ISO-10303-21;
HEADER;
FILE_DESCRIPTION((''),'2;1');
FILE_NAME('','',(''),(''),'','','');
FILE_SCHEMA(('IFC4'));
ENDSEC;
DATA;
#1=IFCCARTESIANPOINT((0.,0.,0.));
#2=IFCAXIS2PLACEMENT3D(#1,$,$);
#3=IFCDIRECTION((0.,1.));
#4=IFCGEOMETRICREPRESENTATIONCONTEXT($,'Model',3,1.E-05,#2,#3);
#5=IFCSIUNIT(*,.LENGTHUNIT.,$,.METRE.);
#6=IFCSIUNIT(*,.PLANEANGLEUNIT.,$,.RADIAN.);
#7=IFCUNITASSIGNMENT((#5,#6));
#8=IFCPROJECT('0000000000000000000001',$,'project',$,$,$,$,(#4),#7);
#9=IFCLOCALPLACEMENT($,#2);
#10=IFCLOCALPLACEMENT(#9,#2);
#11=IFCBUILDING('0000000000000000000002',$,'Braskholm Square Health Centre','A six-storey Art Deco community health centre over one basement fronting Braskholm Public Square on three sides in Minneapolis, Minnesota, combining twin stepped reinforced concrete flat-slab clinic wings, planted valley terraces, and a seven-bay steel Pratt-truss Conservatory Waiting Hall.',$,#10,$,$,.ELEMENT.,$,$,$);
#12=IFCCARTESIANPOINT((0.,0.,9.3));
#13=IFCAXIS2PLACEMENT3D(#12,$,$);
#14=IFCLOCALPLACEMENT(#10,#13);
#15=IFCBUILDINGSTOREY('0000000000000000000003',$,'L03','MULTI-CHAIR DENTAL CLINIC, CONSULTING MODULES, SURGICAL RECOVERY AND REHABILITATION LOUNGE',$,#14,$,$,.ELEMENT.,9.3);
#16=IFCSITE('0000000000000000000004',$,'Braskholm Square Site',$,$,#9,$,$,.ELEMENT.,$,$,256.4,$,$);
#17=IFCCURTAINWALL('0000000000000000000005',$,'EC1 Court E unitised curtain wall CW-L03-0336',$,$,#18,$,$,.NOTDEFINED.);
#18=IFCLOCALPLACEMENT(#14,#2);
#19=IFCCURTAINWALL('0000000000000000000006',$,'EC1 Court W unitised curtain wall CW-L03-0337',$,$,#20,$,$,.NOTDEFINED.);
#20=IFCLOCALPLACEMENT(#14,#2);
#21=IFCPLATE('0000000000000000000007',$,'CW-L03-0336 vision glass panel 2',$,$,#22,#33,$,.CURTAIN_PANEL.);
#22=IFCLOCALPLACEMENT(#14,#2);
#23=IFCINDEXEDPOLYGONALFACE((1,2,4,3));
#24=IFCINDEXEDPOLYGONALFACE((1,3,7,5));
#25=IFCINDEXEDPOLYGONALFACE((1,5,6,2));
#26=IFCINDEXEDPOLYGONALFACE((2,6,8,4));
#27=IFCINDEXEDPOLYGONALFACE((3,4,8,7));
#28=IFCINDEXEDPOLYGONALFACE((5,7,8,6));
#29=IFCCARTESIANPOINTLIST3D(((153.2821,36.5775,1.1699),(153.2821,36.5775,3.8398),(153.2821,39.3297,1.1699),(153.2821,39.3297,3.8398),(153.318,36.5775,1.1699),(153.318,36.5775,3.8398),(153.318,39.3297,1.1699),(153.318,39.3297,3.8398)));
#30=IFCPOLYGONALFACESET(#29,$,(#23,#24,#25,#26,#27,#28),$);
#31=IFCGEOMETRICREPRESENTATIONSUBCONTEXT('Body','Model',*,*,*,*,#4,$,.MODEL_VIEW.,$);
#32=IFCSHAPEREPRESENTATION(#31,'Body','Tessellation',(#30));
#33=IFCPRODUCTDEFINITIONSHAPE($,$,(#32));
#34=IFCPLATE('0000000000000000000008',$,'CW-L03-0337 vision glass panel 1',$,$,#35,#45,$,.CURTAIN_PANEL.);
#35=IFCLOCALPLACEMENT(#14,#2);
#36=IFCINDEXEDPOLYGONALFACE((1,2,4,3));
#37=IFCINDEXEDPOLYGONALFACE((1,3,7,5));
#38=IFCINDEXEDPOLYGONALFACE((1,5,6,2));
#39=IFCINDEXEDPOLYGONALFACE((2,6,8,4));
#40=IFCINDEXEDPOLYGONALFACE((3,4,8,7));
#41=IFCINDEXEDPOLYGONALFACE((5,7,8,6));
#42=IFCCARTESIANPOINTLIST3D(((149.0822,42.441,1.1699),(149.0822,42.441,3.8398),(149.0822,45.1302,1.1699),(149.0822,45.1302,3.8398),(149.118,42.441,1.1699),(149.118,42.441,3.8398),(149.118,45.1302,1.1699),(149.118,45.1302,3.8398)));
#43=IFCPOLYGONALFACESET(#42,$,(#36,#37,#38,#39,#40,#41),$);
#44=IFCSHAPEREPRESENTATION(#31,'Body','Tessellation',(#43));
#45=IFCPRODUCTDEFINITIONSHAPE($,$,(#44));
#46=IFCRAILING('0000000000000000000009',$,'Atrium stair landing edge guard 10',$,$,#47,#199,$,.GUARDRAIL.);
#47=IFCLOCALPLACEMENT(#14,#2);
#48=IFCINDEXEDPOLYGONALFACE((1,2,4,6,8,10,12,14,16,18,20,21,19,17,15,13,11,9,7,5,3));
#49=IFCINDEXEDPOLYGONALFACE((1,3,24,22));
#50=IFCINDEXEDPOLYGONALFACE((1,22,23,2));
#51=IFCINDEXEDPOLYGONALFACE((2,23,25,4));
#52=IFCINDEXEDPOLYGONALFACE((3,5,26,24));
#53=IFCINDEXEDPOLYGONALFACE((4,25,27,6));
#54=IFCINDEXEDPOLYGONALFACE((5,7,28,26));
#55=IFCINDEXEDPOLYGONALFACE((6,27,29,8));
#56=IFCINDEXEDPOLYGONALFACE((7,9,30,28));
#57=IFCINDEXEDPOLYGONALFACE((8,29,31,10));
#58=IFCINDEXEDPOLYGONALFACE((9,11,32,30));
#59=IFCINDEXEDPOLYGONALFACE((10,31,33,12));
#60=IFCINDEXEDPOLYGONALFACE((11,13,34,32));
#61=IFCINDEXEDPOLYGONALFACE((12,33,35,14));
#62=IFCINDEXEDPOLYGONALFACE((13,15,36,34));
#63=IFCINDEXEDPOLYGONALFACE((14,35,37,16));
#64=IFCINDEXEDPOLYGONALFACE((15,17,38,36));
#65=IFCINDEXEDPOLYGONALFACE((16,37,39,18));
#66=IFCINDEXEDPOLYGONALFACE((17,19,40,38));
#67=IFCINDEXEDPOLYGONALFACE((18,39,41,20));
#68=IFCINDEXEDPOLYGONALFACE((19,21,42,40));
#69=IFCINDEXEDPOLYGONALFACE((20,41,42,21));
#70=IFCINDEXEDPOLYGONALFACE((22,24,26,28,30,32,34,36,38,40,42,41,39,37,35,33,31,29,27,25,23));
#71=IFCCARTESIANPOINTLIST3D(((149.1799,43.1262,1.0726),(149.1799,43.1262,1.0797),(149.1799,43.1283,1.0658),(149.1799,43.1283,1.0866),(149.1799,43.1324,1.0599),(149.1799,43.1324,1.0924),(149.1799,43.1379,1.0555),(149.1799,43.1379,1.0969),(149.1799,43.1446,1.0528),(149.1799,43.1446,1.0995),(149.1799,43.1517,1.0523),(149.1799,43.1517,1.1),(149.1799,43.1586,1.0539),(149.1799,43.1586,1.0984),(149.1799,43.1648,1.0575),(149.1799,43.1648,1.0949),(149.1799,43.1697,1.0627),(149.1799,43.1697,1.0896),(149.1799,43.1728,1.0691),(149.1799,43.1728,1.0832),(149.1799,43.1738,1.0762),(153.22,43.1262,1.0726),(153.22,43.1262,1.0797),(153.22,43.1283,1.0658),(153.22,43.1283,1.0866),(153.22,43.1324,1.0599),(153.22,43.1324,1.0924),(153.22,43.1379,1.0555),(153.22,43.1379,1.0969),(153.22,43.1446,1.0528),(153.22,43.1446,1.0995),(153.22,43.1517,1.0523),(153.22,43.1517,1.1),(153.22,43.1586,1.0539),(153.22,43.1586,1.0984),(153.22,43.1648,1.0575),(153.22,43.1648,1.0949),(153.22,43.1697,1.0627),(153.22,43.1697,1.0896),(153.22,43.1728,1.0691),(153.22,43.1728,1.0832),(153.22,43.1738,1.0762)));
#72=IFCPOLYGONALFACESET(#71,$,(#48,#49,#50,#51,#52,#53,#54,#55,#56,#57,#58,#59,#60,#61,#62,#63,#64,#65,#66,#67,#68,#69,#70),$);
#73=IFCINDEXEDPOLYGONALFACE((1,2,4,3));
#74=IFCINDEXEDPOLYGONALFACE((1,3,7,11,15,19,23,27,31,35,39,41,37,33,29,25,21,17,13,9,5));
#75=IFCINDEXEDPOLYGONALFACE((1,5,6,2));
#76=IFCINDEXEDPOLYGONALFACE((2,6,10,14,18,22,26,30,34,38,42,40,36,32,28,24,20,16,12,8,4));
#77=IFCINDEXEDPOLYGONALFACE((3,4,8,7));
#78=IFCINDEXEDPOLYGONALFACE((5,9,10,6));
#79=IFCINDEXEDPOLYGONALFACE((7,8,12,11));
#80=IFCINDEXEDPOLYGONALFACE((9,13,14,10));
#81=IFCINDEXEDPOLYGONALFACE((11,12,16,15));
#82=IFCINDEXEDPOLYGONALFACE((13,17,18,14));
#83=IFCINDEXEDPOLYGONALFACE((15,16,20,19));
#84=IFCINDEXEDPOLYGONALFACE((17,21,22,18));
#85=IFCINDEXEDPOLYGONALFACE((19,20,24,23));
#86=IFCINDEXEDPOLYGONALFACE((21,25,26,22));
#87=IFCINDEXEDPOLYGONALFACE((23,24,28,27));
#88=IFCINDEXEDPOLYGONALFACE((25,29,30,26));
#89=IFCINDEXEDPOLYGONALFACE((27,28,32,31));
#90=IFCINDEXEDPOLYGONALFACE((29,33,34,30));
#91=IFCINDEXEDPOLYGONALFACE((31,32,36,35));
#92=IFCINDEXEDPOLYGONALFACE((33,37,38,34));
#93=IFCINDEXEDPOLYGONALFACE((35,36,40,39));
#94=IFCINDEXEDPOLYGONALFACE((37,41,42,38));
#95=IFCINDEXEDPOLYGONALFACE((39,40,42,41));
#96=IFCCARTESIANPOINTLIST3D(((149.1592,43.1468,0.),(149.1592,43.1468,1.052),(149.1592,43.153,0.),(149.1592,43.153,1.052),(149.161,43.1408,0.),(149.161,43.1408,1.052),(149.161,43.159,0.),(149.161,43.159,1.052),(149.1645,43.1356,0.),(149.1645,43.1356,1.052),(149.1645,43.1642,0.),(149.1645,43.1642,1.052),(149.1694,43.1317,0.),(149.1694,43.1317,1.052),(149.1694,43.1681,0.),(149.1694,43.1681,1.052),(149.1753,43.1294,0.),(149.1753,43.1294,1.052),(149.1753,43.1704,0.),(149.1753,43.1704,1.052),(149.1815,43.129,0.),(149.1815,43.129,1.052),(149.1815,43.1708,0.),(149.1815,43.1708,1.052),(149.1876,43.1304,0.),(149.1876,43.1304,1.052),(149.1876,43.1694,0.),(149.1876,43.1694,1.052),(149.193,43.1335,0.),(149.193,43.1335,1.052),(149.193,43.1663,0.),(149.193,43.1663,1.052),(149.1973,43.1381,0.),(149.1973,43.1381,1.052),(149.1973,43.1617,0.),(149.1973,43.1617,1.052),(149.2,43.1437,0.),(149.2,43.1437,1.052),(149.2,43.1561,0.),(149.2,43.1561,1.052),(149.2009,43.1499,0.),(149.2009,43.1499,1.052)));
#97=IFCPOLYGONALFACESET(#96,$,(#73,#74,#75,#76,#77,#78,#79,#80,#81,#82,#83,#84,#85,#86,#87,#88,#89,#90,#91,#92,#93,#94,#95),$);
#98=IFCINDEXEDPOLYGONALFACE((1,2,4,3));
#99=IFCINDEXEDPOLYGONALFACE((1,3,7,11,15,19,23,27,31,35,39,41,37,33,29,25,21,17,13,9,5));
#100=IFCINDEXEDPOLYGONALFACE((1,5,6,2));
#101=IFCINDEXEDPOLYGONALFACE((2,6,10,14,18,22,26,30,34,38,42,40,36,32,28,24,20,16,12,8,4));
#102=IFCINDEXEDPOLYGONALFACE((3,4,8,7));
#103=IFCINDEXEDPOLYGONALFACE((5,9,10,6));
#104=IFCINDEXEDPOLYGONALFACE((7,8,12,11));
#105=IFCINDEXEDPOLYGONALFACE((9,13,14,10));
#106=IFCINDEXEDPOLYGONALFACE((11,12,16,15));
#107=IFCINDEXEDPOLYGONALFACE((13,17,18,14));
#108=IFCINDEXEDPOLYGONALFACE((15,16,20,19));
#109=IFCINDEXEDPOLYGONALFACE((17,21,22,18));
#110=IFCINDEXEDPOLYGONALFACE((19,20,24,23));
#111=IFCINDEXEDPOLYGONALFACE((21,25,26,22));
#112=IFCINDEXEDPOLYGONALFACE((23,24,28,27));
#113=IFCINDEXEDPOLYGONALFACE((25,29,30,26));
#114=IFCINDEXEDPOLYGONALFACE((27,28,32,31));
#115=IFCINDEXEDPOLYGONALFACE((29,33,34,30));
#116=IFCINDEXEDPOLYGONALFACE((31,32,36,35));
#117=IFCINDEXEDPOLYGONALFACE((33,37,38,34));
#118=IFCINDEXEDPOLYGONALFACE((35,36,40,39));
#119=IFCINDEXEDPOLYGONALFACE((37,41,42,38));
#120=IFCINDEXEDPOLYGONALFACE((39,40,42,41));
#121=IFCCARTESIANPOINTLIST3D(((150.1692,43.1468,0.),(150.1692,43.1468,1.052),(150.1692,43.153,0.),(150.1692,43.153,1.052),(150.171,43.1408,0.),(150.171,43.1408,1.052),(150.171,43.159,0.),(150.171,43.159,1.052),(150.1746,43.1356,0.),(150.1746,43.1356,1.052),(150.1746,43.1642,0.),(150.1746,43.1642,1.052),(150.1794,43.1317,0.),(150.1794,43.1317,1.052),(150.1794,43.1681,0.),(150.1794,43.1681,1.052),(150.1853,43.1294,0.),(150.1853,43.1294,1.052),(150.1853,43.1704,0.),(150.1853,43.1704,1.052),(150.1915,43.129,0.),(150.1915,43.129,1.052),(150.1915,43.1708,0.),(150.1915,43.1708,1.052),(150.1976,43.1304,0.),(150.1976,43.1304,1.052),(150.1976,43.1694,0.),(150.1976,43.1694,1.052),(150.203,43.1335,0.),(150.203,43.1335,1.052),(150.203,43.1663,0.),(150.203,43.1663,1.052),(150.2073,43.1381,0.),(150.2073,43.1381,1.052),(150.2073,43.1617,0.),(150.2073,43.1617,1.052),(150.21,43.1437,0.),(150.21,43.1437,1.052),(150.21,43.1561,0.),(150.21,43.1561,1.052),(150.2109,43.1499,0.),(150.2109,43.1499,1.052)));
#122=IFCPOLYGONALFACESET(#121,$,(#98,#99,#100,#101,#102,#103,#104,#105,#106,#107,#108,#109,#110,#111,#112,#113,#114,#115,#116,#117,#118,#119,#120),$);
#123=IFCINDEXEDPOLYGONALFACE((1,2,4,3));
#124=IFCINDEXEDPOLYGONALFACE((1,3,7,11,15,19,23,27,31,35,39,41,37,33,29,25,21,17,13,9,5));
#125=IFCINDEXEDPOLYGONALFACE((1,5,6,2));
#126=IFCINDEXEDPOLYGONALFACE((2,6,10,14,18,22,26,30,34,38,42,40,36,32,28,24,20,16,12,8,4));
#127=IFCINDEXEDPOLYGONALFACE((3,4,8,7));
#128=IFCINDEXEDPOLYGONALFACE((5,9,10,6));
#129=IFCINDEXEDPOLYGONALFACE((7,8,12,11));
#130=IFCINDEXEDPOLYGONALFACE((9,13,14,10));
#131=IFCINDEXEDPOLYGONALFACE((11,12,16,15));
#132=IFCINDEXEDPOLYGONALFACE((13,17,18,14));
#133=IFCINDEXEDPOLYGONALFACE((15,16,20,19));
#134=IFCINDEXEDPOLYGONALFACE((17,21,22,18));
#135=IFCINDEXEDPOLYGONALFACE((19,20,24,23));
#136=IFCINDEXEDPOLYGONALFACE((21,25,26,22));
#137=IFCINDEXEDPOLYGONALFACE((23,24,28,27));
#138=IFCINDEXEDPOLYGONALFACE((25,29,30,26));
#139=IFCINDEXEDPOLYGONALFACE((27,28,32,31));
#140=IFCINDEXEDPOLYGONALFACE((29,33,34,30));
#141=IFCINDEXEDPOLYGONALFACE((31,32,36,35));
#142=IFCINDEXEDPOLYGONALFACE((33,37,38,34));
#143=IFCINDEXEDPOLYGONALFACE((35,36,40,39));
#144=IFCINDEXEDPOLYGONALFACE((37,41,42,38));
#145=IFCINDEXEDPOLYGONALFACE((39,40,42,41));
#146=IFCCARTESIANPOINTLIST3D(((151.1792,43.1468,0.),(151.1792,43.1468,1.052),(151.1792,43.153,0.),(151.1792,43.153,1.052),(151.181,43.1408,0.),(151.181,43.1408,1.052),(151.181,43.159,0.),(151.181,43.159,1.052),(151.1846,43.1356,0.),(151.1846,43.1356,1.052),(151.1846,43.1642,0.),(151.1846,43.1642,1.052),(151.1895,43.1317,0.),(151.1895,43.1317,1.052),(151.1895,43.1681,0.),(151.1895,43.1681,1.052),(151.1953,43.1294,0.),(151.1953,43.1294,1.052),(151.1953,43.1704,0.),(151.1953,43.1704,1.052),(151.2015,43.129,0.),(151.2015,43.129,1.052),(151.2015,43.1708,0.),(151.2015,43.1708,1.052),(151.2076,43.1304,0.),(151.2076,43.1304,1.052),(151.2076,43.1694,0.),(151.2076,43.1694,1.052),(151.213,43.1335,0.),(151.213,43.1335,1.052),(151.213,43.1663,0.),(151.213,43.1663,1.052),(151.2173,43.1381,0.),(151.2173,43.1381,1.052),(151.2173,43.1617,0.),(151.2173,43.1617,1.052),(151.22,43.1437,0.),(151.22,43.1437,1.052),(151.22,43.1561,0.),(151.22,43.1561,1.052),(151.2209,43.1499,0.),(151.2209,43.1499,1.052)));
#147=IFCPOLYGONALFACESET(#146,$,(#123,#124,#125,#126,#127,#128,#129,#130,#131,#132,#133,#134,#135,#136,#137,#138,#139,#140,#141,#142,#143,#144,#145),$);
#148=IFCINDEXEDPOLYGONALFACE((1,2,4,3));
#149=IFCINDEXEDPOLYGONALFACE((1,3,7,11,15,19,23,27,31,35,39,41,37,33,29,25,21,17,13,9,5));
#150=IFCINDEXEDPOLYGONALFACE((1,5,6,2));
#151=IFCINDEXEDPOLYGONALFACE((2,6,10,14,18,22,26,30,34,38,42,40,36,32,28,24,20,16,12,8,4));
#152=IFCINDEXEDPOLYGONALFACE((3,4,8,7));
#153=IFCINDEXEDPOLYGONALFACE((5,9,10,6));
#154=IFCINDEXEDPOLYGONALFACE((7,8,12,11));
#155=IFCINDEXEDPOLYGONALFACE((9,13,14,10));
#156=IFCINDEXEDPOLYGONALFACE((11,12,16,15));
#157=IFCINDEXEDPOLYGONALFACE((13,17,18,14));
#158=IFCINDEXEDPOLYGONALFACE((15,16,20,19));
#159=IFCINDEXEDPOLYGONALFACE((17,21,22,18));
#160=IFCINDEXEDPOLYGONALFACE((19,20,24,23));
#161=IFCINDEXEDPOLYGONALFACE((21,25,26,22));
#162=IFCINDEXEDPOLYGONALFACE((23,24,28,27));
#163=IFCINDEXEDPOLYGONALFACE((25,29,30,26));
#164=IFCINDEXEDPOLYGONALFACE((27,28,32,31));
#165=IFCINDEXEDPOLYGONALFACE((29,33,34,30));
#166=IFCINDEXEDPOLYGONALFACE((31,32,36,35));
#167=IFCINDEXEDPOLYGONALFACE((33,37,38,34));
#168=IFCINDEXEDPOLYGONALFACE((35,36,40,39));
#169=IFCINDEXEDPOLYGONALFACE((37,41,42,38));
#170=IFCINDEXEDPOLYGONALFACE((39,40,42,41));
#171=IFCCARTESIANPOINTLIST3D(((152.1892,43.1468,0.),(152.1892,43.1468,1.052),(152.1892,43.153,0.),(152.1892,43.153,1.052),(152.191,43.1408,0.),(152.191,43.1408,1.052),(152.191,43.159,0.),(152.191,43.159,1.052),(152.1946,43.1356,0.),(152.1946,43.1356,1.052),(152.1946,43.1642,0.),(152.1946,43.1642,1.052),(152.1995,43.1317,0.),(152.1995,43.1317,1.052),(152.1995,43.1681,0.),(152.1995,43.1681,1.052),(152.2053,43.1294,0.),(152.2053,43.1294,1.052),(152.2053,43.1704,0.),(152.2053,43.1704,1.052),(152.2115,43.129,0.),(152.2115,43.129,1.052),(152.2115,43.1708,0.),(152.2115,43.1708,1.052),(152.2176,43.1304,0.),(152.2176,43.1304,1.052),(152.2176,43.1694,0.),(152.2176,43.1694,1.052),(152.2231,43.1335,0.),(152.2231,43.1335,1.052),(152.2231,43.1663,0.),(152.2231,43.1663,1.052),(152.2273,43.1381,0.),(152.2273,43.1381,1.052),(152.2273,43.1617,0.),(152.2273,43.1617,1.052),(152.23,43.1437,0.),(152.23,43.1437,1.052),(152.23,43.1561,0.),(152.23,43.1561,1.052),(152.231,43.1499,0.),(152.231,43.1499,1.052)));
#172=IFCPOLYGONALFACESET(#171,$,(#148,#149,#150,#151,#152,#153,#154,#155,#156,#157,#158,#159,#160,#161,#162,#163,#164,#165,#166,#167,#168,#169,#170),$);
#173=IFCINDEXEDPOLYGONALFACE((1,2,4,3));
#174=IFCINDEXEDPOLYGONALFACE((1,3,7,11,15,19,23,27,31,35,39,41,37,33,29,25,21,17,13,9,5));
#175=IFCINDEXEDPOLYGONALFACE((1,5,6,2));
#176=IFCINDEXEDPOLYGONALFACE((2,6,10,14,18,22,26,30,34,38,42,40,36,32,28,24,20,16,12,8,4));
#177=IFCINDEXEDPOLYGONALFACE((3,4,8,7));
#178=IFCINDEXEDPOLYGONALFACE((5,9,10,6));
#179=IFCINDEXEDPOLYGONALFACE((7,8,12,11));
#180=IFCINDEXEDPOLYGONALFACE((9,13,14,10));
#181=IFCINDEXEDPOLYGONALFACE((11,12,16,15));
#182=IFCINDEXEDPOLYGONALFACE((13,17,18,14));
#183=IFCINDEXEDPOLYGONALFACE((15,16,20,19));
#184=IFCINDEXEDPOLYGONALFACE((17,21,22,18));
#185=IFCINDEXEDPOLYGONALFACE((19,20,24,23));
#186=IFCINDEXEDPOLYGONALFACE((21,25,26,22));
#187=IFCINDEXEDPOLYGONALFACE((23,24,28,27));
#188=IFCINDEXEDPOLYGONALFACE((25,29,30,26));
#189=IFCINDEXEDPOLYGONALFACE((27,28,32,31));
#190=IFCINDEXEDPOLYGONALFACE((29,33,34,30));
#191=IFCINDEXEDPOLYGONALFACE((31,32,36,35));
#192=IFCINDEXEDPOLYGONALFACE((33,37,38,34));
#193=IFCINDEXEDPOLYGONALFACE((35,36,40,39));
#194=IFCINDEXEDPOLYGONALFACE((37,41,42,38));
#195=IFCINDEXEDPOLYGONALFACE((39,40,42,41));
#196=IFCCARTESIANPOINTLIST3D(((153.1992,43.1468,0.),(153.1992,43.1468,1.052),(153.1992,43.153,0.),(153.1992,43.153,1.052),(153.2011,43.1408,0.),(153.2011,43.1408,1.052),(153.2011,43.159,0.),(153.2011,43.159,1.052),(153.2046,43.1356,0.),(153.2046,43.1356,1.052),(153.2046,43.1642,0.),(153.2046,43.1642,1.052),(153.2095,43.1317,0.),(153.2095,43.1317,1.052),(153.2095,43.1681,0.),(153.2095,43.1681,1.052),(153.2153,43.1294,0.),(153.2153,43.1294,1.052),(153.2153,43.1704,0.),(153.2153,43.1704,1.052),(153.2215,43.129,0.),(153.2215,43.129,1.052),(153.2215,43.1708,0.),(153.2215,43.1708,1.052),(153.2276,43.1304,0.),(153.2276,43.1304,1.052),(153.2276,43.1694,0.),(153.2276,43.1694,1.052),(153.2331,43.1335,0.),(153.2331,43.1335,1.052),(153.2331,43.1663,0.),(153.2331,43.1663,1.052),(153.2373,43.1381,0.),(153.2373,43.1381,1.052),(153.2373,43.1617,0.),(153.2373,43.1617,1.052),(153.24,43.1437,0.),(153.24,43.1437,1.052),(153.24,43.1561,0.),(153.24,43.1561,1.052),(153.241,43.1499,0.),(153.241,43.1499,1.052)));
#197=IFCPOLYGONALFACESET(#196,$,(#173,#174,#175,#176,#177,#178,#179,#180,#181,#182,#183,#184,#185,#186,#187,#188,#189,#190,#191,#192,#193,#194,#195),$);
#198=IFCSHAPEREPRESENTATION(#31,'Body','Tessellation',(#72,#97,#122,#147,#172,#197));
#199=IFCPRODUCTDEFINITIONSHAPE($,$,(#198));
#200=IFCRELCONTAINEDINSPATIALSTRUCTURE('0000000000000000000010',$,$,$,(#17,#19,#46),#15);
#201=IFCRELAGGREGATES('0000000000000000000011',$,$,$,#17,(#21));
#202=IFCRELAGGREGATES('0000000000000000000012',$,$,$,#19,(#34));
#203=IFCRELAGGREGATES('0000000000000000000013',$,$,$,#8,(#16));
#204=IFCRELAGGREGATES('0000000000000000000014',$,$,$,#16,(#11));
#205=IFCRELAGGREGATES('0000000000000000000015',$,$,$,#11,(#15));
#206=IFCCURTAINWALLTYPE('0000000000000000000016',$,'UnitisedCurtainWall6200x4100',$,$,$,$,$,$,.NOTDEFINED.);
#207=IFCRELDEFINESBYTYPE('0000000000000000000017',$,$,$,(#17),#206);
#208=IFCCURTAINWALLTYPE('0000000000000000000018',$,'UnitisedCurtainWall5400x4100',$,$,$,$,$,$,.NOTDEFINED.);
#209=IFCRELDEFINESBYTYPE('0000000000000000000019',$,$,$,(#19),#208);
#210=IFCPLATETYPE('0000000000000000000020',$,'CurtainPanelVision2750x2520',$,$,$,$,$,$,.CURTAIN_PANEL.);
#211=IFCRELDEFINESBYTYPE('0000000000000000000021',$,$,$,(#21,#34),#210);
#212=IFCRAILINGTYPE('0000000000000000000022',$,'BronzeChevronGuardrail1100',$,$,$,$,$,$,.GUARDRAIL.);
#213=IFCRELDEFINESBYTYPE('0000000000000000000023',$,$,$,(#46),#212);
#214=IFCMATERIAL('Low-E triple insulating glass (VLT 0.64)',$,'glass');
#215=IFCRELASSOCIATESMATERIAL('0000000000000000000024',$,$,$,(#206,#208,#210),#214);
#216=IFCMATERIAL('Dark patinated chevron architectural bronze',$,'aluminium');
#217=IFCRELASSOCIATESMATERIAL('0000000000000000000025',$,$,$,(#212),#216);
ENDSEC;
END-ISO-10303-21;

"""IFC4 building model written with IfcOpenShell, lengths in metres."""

from ifc_helpers import new_model, si_unit, direction, frame, origin, origin_2d, place, context, subcontext, project, spatial, rectangle, circle, extrude, material, type_object, element, aggregate, save


model = new_model("IFC4")

# Units and contexts
model_context = context("Model", 3, precision=1e-05, world=origin(), true_north=direction((0.0, 1.0)))
body_context = subcontext(model_context, "Body", "Model", "MODEL_VIEW")
ifc_project = project(units=[si_unit("LENGTHUNIT", "METRE"), si_unit("PLANEANGLEUNIT", "RADIAN")], contexts=[model_context])

# Site, building, storey
site_placement = place(None, origin())
site = spatial("IfcSite", under=ifc_project, at=site_placement, Name="Braskholm Square Site", CompositionType="ELEMENT", RefElevation=256.4)
building_placement = place(site_placement, origin())
building = spatial("IfcBuilding", under=site, at=building_placement, Name="Braskholm Square Health Centre", Description="A six-storey Art Deco community health centre over one basement fronting Braskholm Public Square on three sides in Minneapolis, Minnesota, combining twin stepped reinforced concrete flat-slab clinic wings, planted valley terraces, and a seven-bay steel Pratt-truss Conservatory Waiting Hall.", CompositionType="ELEMENT")
storey_placement = place(building_placement, frame((0.0, 0.0, 9.3)))
storey = spatial("IfcBuildingStorey", under=building, at=storey_placement, Name="L03", Description="MULTI-CHAIR DENTAL CLINIC, CONSULTING MODULES, SURGICAL RECOVERY AND REHABILITATION LOUNGE", CompositionType="ELEMENT", Elevation=9.3)

# Shared definitions
ifc_material_1 = material(Name="Low-E triple insulating glass (VLT 0.64)", Category="glass")

# Curtain wall
curtain_wall_type_1 = type_object("IfcCurtainWallType", Name="UnitisedCurtainWall6200x4100", PredefinedType="NOTDEFINED", material=ifc_material_1)
curtain_wall_1_placement = place(storey_placement, origin())
curtain_wall_1 = element("IfcCurtainWall", 1, at=curtain_wall_1_placement, inside=storey, type_object=curtain_wall_type_1, Name="EC1 Court E unitised curtain wall CW-L03-0336", PredefinedType="NOTDEFINED")

# Curtain wall
curtain_wall_type_2 = type_object("IfcCurtainWallType", Name="UnitisedCurtainWall5400x4100", PredefinedType="NOTDEFINED", material=ifc_material_1)
curtain_wall_2_placement = place(storey_placement, origin())
curtain_wall_2 = element("IfcCurtainWall", 2, at=curtain_wall_2_placement, inside=storey, type_object=curtain_wall_type_2, Name="EC1 Court W unitised curtain wall CW-L03-0337", PredefinedType="NOTDEFINED")

# Plates
plate_type_1 = type_object("IfcPlateType", Name="CurtainPanelVision2750x2520", PredefinedType="CURTAIN_PANEL", material=ifc_material_1)
plate_1_placement = place(storey_placement, frame((153.3, 37.9536, 1.1699), z_axis=(0.0, 0.0, 1.0), x_axis=(0.0, -1.0, 0.0)))
plate_1 = element("IfcPlate", 3, at=plate_1_placement, type_object=plate_type_1, Name="CW-L03-0336 vision glass panel 2", PredefinedType="CURTAIN_PANEL", context=body_context, shape_type="SweptSolid", body=[
    extrude(rectangle(XDim=2.7522, YDim=0.0359, at=origin_2d()), origin(), (0.0, 0.0, 1.0), 2.6699),
])
aggregate(curtain_wall_1, [plate_1])
plate_2_placement = place(storey_placement, frame((149.1001, 43.7856, 1.1699), z_axis=(0.0, 0.0, 1.0), x_axis=(0.0, 1.0, 0.0)))
plate_2 = element("IfcPlate", 4, at=plate_2_placement, type_object=plate_type_1, Name="CW-L03-0337 vision glass panel 1", PredefinedType="CURTAIN_PANEL", context=body_context, shape_type="SweptSolid", body=[
    extrude(rectangle(XDim=2.6892, YDim=0.0359, at=origin_2d()), origin(), (0.0, 0.0, 1.0), 2.6699),
])
aggregate(curtain_wall_2, [plate_2])

# Railing
ifc_material_2 = material(Name="Dark patinated chevron architectural bronze", Category="aluminium")
railing_type = type_object("IfcRailingType", Name="BronzeChevronGuardrail1100", PredefinedType="GUARDRAIL", material=ifc_material_2)
railing_placement = place(storey_placement, frame((149.1799, 43.1499, 0.0)))
element("IfcRailing", 5, at=railing_placement, inside=storey, type_object=railing_type, Name="Atrium stair landing edge guard 10", PredefinedType="GUARDRAIL", context=body_context, shape_type="SweptSolid", body=[
    extrude(circle(Radius=0.0239, at=origin_2d()), frame((0.0, 0.0, 1.0762), z_axis=(1.0, 0.0, 0.0), x_axis=(0.0, 1.0, 0.0)), (0.0, 0.0, 1.0), 4.04),
    extrude(circle(Radius=0.021, at=origin_2d()), origin(), (0.0, 0.0, 1.0), 1.052),
    extrude(circle(Radius=0.021, at=origin_2d()), frame((1.01, 0.0, 0.0)), (0.0, 0.0, 1.0), 1.052),
    extrude(circle(Radius=0.021, at=origin_2d()), frame((2.02, 0.0, 0.0)), (0.0, 0.0, 1.0), 1.052),
    extrude(circle(Radius=0.021, at=origin_2d()), frame((3.03, 0.0, 0.0)), (0.0, 0.0, 1.0), 1.052),
    extrude(circle(Radius=0.021, at=origin_2d()), frame((4.04, 0.0, 0.0)), (0.0, 0.0, 1.0), 1.052),
])

save(model, "model.ifc")
